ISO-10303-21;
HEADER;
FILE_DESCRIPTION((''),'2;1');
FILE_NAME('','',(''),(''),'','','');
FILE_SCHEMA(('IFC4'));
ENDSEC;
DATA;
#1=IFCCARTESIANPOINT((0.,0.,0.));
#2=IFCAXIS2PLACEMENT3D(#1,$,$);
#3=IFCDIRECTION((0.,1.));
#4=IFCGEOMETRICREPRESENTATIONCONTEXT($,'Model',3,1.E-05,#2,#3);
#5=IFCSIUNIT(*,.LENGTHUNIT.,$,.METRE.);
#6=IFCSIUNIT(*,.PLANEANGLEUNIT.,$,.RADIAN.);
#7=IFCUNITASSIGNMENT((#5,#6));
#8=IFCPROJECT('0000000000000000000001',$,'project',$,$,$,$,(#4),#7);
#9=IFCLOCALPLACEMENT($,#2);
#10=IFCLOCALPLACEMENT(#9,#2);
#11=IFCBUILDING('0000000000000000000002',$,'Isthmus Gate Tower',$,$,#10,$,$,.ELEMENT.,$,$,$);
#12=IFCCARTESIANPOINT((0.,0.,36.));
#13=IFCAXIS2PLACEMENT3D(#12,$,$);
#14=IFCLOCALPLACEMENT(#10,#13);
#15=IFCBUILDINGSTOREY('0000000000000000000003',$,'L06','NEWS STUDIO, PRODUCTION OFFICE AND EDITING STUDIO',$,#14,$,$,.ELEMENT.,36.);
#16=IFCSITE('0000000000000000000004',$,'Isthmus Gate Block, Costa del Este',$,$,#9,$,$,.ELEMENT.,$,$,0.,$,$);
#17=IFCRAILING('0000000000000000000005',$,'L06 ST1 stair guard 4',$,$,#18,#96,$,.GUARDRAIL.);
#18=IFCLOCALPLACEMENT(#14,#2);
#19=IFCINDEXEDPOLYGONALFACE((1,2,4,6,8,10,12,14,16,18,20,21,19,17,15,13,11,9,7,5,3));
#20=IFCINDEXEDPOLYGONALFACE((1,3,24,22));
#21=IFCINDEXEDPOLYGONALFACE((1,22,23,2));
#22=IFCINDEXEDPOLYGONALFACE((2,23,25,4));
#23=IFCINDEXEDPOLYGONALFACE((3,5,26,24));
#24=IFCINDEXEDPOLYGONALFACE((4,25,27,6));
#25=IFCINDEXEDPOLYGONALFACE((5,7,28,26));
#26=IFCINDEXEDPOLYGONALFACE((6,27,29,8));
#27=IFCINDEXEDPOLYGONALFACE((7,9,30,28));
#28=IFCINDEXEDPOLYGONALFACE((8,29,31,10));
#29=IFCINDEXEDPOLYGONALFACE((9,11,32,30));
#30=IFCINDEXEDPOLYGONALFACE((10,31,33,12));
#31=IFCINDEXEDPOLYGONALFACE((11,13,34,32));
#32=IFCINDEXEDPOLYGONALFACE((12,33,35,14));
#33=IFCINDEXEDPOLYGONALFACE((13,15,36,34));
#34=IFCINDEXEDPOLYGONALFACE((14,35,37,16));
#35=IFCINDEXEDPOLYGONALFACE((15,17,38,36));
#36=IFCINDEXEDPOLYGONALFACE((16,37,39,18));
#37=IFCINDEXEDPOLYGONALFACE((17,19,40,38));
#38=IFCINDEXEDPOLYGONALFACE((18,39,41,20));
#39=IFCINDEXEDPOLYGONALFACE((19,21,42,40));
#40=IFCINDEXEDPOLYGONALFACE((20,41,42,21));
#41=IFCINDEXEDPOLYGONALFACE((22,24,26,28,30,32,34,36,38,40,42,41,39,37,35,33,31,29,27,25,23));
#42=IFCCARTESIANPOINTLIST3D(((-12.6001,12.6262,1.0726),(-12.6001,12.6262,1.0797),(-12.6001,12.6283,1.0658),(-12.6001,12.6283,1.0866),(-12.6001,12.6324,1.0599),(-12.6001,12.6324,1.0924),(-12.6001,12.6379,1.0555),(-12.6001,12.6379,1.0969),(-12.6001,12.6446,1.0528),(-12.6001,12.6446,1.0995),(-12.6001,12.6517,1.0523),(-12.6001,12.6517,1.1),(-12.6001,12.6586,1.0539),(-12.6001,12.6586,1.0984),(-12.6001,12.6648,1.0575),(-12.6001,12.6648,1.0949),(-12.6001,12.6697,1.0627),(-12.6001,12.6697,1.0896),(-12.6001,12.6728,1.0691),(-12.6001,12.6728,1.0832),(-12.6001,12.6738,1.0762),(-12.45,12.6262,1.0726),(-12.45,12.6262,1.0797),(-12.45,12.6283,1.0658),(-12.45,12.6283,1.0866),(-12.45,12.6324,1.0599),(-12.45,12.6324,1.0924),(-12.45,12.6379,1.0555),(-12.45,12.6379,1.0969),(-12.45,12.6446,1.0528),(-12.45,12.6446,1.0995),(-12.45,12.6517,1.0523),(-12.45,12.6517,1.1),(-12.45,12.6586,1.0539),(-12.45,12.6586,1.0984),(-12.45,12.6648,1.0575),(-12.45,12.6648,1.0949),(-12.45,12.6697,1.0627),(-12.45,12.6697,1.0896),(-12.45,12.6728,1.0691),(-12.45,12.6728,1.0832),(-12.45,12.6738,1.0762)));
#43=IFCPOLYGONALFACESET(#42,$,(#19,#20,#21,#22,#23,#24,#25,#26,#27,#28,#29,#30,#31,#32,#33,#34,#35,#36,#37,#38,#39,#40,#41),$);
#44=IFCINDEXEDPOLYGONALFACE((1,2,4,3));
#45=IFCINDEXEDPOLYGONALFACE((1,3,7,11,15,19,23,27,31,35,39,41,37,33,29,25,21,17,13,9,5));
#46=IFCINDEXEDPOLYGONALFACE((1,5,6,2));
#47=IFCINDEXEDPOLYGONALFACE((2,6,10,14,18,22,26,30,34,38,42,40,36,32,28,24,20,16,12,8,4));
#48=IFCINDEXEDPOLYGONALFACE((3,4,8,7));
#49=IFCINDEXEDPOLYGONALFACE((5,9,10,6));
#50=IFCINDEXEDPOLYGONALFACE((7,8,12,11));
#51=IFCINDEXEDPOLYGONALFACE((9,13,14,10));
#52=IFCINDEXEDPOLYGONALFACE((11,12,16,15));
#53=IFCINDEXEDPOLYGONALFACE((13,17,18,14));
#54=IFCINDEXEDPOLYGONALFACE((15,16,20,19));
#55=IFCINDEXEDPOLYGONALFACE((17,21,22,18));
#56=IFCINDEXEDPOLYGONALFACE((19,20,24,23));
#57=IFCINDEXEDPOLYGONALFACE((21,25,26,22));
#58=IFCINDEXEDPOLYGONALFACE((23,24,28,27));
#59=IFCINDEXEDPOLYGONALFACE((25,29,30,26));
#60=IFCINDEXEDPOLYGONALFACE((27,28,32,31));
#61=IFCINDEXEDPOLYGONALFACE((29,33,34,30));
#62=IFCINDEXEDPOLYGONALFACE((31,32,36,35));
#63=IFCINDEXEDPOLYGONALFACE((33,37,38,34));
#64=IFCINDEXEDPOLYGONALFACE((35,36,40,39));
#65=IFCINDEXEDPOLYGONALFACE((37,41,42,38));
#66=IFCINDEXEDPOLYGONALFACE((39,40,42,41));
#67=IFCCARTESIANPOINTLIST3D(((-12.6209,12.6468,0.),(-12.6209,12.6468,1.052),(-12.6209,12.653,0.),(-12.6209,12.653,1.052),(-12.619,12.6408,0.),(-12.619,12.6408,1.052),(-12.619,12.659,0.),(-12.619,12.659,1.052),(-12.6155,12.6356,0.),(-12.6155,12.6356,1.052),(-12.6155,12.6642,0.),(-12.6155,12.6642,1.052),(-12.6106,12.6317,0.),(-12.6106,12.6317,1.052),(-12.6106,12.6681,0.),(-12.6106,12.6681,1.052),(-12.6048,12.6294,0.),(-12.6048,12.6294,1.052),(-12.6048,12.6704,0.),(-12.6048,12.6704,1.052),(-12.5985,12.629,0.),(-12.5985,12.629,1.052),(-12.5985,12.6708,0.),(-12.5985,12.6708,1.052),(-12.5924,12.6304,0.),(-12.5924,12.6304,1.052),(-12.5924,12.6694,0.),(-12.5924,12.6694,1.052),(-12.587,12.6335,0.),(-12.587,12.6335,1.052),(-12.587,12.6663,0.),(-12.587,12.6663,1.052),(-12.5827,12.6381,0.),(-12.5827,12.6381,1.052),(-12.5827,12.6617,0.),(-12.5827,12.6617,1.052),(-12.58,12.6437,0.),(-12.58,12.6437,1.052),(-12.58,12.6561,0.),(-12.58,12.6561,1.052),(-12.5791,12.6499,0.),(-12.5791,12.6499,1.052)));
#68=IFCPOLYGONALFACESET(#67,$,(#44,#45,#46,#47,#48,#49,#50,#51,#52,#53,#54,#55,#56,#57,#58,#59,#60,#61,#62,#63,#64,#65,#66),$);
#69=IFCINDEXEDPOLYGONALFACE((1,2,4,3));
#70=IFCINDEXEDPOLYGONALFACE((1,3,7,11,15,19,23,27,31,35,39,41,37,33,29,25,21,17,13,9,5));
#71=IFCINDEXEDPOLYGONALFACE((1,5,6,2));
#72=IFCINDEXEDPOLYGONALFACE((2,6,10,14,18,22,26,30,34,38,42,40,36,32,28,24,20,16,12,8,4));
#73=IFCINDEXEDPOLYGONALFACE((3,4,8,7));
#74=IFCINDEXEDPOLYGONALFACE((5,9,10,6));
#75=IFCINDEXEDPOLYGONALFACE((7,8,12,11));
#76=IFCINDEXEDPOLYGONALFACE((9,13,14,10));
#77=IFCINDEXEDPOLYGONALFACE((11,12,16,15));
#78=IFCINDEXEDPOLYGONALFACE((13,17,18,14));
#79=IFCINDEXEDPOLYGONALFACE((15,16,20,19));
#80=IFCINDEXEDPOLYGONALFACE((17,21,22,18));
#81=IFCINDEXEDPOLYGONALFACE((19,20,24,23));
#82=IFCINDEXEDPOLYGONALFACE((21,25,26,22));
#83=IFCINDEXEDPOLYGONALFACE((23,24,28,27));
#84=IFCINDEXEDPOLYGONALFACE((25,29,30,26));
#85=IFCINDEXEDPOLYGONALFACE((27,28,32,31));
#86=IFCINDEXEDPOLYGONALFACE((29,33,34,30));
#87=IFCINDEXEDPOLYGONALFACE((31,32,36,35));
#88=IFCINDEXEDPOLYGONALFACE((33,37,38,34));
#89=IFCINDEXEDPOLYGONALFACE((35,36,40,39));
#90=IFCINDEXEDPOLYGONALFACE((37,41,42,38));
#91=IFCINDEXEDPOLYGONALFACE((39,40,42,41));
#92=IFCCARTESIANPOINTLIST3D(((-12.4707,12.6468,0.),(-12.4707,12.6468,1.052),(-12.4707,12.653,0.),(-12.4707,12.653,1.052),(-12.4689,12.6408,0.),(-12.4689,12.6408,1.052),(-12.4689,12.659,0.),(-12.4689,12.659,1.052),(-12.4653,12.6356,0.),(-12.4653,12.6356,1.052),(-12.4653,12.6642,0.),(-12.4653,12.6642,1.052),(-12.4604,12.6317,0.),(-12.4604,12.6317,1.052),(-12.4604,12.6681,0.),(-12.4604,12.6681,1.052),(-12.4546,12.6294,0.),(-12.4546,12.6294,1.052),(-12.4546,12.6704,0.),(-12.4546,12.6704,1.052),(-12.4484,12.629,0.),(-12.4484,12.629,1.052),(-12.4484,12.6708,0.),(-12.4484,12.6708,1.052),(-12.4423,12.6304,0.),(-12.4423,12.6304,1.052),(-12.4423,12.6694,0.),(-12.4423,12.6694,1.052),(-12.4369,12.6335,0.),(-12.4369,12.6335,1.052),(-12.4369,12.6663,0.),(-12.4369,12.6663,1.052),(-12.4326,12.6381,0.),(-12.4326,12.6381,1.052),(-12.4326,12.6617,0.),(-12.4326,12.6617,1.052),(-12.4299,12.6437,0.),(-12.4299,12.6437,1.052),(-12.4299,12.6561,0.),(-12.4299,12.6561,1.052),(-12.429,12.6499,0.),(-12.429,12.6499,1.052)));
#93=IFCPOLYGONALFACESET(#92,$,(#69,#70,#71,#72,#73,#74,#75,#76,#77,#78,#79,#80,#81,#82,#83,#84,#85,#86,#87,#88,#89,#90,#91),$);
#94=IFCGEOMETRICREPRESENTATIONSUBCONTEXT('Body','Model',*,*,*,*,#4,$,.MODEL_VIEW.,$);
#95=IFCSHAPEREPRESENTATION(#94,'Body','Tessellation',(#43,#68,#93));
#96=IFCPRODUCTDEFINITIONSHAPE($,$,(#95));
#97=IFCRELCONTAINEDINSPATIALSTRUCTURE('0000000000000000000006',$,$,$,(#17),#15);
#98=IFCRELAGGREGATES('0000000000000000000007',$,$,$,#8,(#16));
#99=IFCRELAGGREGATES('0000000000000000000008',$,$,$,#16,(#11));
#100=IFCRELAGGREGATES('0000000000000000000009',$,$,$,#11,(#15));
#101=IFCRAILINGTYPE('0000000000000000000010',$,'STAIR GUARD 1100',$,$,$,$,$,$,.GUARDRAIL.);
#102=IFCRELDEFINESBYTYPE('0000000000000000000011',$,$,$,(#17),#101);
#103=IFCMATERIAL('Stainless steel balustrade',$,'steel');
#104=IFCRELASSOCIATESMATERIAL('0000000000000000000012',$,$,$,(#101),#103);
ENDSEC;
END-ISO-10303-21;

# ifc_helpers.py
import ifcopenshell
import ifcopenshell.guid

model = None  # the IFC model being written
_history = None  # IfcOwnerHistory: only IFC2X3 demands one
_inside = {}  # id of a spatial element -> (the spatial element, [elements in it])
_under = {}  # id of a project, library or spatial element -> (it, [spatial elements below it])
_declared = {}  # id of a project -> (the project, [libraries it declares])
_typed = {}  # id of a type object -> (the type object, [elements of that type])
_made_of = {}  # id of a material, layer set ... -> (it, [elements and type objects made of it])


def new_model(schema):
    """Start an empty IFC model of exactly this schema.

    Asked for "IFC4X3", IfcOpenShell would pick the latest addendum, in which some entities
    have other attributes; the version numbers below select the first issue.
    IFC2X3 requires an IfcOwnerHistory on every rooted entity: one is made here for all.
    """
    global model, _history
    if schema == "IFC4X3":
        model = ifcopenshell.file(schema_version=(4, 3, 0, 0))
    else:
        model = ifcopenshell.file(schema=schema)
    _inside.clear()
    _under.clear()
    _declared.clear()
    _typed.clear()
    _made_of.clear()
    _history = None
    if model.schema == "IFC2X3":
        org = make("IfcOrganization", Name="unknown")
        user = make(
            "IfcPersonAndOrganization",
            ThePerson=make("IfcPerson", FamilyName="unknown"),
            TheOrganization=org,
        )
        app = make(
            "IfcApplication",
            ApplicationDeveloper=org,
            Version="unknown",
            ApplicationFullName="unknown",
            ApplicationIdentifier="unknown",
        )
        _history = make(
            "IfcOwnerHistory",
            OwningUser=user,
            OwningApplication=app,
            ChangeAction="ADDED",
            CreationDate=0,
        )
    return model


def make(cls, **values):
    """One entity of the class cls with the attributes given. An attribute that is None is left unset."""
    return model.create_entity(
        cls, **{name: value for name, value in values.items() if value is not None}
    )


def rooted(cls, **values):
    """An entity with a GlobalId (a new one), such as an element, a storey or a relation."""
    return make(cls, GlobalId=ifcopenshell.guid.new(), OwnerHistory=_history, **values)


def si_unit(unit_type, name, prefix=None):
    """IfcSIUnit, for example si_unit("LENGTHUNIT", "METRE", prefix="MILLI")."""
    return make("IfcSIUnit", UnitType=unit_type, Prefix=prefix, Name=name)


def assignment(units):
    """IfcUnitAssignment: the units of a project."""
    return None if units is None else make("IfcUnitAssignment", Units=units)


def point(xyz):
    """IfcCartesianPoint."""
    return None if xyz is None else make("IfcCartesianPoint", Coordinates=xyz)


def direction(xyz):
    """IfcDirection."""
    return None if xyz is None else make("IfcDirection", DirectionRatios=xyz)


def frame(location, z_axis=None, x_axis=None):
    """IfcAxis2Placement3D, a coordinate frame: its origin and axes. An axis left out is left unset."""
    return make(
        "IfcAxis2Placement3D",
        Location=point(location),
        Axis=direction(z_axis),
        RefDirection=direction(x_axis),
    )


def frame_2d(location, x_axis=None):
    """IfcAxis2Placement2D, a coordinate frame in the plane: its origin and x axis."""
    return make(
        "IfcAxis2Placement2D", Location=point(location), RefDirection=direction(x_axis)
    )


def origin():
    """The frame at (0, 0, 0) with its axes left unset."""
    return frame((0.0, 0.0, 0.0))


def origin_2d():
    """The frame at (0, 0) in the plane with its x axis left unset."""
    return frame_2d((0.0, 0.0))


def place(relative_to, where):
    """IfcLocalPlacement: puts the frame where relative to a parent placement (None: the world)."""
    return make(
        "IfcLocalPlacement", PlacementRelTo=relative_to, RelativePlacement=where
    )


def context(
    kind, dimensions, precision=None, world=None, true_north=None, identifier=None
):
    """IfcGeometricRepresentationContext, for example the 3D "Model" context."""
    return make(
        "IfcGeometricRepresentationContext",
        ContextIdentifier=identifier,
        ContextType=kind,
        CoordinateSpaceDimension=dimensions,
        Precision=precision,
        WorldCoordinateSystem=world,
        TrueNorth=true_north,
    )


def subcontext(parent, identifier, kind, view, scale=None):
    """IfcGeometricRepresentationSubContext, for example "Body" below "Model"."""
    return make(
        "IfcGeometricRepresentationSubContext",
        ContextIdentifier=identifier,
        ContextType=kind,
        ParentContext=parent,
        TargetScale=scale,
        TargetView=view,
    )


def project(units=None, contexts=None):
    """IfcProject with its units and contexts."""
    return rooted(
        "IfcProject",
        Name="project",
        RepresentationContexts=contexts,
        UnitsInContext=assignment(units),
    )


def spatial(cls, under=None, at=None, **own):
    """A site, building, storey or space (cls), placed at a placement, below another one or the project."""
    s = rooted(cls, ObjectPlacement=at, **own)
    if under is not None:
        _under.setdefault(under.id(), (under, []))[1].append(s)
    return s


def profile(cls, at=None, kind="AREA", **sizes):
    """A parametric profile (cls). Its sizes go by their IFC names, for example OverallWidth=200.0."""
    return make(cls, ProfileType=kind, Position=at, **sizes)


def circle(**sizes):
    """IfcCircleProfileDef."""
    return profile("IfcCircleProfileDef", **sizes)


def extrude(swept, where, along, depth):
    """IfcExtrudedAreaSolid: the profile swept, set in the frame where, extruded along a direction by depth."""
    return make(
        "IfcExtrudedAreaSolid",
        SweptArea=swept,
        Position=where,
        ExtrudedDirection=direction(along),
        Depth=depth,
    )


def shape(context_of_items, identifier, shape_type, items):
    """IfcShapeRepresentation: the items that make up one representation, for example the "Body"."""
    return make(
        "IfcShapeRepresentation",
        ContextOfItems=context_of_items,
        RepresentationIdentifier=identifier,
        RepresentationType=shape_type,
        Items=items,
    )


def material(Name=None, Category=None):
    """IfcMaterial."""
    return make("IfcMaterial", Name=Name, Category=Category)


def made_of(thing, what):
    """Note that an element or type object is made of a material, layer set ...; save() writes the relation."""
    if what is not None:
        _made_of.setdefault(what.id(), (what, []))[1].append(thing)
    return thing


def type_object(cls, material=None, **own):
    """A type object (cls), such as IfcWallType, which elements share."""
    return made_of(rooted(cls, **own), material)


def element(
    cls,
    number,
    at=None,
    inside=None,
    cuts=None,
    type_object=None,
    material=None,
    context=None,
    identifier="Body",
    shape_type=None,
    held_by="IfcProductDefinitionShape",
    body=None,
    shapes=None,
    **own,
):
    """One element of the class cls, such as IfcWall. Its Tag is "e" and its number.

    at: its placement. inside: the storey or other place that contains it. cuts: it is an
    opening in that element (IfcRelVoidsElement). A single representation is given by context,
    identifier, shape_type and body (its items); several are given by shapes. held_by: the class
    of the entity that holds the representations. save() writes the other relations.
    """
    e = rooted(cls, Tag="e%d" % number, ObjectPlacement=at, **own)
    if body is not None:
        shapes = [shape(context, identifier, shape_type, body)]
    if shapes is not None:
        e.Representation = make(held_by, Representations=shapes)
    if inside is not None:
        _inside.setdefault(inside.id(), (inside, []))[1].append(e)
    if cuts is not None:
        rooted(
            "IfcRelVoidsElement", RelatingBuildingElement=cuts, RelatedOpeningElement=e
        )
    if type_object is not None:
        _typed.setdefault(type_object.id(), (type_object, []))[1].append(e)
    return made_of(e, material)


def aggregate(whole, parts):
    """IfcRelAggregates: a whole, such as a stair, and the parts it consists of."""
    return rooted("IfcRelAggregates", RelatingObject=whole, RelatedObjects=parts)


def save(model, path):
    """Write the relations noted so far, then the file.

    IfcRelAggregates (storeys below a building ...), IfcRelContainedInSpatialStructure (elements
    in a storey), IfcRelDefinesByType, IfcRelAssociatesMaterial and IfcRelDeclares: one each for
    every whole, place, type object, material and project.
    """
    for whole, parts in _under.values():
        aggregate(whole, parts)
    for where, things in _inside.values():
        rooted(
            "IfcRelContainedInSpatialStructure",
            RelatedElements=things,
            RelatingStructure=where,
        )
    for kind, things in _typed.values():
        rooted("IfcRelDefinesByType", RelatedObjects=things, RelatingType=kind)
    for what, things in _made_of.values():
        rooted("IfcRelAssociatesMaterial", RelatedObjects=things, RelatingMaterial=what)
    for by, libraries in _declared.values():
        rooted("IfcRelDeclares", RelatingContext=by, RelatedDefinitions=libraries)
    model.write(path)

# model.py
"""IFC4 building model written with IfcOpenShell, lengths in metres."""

from ifc_helpers import new_model, si_unit, direction, frame, origin, origin_2d, place, context, subcontext, project, spatial, circle, extrude, material, type_object, element, save


model = new_model("IFC4")

# Units and contexts
model_context = context("Model", 3, precision=1e-05, world=origin(), true_north=direction((0.0, 1.0)))
body_context = subcontext(model_context, "Body", "Model", "MODEL_VIEW")
ifc_project = project(units=[si_unit("LENGTHUNIT", "METRE"), si_unit("PLANEANGLEUNIT", "RADIAN")], contexts=[model_context])

# Site, building, storey
site_placement = place(None, origin())
site = spatial("IfcSite", under=ifc_project, at=site_placement, Name="Isthmus Gate Block, Costa del Este", CompositionType="ELEMENT", RefElevation=0.0)
building_placement = place(site_placement, origin())
building = spatial("IfcBuilding", under=site, at=building_placement, Name="Isthmus Gate Tower", CompositionType="ELEMENT")
storey_placement = place(building_placement, frame((0.0, 0.0, 36.0)))
storey = spatial("IfcBuildingStorey", under=building, at=storey_placement, Name="L06", Description="NEWS STUDIO, PRODUCTION OFFICE AND EDITING STUDIO", CompositionType="ELEMENT", Elevation=36.0)

# Railing
ifc_material_1 = material(Name="Stainless steel balustrade", Category="steel")
railing_type_1 = type_object("IfcRailingType", Name="STAIR GUARD 1100", PredefinedType="GUARDRAIL", material=ifc_material_1)
railing_1_placement = place(storey_placement, frame((-12.6001, 12.6499, 0.0)))
element("IfcRailing", 1, at=railing_1_placement, inside=storey, type_object=railing_type_1, Name="L06 ST1 stair guard 4", PredefinedType="GUARDRAIL", context=body_context, shape_type="SweptSolid", body=[
    extrude(circle(Radius=0.0239, at=origin_2d()), frame((0.0, 0.0, 1.0762), z_axis=(1.0, 0.0, 0.0), x_axis=(0.0, 1.0, 0.0)), (0.0, 0.0, 1.0), 0.1501),
    extrude(circle(Radius=0.021, at=origin_2d()), origin(), (0.0, 0.0, 1.0), 1.052),
    extrude(circle(Radius=0.021, at=origin_2d()), frame((0.1501, 0.0, 0.0)), (0.0, 0.0, 1.0), 1.052),
])

save(model, "model.ifc")
